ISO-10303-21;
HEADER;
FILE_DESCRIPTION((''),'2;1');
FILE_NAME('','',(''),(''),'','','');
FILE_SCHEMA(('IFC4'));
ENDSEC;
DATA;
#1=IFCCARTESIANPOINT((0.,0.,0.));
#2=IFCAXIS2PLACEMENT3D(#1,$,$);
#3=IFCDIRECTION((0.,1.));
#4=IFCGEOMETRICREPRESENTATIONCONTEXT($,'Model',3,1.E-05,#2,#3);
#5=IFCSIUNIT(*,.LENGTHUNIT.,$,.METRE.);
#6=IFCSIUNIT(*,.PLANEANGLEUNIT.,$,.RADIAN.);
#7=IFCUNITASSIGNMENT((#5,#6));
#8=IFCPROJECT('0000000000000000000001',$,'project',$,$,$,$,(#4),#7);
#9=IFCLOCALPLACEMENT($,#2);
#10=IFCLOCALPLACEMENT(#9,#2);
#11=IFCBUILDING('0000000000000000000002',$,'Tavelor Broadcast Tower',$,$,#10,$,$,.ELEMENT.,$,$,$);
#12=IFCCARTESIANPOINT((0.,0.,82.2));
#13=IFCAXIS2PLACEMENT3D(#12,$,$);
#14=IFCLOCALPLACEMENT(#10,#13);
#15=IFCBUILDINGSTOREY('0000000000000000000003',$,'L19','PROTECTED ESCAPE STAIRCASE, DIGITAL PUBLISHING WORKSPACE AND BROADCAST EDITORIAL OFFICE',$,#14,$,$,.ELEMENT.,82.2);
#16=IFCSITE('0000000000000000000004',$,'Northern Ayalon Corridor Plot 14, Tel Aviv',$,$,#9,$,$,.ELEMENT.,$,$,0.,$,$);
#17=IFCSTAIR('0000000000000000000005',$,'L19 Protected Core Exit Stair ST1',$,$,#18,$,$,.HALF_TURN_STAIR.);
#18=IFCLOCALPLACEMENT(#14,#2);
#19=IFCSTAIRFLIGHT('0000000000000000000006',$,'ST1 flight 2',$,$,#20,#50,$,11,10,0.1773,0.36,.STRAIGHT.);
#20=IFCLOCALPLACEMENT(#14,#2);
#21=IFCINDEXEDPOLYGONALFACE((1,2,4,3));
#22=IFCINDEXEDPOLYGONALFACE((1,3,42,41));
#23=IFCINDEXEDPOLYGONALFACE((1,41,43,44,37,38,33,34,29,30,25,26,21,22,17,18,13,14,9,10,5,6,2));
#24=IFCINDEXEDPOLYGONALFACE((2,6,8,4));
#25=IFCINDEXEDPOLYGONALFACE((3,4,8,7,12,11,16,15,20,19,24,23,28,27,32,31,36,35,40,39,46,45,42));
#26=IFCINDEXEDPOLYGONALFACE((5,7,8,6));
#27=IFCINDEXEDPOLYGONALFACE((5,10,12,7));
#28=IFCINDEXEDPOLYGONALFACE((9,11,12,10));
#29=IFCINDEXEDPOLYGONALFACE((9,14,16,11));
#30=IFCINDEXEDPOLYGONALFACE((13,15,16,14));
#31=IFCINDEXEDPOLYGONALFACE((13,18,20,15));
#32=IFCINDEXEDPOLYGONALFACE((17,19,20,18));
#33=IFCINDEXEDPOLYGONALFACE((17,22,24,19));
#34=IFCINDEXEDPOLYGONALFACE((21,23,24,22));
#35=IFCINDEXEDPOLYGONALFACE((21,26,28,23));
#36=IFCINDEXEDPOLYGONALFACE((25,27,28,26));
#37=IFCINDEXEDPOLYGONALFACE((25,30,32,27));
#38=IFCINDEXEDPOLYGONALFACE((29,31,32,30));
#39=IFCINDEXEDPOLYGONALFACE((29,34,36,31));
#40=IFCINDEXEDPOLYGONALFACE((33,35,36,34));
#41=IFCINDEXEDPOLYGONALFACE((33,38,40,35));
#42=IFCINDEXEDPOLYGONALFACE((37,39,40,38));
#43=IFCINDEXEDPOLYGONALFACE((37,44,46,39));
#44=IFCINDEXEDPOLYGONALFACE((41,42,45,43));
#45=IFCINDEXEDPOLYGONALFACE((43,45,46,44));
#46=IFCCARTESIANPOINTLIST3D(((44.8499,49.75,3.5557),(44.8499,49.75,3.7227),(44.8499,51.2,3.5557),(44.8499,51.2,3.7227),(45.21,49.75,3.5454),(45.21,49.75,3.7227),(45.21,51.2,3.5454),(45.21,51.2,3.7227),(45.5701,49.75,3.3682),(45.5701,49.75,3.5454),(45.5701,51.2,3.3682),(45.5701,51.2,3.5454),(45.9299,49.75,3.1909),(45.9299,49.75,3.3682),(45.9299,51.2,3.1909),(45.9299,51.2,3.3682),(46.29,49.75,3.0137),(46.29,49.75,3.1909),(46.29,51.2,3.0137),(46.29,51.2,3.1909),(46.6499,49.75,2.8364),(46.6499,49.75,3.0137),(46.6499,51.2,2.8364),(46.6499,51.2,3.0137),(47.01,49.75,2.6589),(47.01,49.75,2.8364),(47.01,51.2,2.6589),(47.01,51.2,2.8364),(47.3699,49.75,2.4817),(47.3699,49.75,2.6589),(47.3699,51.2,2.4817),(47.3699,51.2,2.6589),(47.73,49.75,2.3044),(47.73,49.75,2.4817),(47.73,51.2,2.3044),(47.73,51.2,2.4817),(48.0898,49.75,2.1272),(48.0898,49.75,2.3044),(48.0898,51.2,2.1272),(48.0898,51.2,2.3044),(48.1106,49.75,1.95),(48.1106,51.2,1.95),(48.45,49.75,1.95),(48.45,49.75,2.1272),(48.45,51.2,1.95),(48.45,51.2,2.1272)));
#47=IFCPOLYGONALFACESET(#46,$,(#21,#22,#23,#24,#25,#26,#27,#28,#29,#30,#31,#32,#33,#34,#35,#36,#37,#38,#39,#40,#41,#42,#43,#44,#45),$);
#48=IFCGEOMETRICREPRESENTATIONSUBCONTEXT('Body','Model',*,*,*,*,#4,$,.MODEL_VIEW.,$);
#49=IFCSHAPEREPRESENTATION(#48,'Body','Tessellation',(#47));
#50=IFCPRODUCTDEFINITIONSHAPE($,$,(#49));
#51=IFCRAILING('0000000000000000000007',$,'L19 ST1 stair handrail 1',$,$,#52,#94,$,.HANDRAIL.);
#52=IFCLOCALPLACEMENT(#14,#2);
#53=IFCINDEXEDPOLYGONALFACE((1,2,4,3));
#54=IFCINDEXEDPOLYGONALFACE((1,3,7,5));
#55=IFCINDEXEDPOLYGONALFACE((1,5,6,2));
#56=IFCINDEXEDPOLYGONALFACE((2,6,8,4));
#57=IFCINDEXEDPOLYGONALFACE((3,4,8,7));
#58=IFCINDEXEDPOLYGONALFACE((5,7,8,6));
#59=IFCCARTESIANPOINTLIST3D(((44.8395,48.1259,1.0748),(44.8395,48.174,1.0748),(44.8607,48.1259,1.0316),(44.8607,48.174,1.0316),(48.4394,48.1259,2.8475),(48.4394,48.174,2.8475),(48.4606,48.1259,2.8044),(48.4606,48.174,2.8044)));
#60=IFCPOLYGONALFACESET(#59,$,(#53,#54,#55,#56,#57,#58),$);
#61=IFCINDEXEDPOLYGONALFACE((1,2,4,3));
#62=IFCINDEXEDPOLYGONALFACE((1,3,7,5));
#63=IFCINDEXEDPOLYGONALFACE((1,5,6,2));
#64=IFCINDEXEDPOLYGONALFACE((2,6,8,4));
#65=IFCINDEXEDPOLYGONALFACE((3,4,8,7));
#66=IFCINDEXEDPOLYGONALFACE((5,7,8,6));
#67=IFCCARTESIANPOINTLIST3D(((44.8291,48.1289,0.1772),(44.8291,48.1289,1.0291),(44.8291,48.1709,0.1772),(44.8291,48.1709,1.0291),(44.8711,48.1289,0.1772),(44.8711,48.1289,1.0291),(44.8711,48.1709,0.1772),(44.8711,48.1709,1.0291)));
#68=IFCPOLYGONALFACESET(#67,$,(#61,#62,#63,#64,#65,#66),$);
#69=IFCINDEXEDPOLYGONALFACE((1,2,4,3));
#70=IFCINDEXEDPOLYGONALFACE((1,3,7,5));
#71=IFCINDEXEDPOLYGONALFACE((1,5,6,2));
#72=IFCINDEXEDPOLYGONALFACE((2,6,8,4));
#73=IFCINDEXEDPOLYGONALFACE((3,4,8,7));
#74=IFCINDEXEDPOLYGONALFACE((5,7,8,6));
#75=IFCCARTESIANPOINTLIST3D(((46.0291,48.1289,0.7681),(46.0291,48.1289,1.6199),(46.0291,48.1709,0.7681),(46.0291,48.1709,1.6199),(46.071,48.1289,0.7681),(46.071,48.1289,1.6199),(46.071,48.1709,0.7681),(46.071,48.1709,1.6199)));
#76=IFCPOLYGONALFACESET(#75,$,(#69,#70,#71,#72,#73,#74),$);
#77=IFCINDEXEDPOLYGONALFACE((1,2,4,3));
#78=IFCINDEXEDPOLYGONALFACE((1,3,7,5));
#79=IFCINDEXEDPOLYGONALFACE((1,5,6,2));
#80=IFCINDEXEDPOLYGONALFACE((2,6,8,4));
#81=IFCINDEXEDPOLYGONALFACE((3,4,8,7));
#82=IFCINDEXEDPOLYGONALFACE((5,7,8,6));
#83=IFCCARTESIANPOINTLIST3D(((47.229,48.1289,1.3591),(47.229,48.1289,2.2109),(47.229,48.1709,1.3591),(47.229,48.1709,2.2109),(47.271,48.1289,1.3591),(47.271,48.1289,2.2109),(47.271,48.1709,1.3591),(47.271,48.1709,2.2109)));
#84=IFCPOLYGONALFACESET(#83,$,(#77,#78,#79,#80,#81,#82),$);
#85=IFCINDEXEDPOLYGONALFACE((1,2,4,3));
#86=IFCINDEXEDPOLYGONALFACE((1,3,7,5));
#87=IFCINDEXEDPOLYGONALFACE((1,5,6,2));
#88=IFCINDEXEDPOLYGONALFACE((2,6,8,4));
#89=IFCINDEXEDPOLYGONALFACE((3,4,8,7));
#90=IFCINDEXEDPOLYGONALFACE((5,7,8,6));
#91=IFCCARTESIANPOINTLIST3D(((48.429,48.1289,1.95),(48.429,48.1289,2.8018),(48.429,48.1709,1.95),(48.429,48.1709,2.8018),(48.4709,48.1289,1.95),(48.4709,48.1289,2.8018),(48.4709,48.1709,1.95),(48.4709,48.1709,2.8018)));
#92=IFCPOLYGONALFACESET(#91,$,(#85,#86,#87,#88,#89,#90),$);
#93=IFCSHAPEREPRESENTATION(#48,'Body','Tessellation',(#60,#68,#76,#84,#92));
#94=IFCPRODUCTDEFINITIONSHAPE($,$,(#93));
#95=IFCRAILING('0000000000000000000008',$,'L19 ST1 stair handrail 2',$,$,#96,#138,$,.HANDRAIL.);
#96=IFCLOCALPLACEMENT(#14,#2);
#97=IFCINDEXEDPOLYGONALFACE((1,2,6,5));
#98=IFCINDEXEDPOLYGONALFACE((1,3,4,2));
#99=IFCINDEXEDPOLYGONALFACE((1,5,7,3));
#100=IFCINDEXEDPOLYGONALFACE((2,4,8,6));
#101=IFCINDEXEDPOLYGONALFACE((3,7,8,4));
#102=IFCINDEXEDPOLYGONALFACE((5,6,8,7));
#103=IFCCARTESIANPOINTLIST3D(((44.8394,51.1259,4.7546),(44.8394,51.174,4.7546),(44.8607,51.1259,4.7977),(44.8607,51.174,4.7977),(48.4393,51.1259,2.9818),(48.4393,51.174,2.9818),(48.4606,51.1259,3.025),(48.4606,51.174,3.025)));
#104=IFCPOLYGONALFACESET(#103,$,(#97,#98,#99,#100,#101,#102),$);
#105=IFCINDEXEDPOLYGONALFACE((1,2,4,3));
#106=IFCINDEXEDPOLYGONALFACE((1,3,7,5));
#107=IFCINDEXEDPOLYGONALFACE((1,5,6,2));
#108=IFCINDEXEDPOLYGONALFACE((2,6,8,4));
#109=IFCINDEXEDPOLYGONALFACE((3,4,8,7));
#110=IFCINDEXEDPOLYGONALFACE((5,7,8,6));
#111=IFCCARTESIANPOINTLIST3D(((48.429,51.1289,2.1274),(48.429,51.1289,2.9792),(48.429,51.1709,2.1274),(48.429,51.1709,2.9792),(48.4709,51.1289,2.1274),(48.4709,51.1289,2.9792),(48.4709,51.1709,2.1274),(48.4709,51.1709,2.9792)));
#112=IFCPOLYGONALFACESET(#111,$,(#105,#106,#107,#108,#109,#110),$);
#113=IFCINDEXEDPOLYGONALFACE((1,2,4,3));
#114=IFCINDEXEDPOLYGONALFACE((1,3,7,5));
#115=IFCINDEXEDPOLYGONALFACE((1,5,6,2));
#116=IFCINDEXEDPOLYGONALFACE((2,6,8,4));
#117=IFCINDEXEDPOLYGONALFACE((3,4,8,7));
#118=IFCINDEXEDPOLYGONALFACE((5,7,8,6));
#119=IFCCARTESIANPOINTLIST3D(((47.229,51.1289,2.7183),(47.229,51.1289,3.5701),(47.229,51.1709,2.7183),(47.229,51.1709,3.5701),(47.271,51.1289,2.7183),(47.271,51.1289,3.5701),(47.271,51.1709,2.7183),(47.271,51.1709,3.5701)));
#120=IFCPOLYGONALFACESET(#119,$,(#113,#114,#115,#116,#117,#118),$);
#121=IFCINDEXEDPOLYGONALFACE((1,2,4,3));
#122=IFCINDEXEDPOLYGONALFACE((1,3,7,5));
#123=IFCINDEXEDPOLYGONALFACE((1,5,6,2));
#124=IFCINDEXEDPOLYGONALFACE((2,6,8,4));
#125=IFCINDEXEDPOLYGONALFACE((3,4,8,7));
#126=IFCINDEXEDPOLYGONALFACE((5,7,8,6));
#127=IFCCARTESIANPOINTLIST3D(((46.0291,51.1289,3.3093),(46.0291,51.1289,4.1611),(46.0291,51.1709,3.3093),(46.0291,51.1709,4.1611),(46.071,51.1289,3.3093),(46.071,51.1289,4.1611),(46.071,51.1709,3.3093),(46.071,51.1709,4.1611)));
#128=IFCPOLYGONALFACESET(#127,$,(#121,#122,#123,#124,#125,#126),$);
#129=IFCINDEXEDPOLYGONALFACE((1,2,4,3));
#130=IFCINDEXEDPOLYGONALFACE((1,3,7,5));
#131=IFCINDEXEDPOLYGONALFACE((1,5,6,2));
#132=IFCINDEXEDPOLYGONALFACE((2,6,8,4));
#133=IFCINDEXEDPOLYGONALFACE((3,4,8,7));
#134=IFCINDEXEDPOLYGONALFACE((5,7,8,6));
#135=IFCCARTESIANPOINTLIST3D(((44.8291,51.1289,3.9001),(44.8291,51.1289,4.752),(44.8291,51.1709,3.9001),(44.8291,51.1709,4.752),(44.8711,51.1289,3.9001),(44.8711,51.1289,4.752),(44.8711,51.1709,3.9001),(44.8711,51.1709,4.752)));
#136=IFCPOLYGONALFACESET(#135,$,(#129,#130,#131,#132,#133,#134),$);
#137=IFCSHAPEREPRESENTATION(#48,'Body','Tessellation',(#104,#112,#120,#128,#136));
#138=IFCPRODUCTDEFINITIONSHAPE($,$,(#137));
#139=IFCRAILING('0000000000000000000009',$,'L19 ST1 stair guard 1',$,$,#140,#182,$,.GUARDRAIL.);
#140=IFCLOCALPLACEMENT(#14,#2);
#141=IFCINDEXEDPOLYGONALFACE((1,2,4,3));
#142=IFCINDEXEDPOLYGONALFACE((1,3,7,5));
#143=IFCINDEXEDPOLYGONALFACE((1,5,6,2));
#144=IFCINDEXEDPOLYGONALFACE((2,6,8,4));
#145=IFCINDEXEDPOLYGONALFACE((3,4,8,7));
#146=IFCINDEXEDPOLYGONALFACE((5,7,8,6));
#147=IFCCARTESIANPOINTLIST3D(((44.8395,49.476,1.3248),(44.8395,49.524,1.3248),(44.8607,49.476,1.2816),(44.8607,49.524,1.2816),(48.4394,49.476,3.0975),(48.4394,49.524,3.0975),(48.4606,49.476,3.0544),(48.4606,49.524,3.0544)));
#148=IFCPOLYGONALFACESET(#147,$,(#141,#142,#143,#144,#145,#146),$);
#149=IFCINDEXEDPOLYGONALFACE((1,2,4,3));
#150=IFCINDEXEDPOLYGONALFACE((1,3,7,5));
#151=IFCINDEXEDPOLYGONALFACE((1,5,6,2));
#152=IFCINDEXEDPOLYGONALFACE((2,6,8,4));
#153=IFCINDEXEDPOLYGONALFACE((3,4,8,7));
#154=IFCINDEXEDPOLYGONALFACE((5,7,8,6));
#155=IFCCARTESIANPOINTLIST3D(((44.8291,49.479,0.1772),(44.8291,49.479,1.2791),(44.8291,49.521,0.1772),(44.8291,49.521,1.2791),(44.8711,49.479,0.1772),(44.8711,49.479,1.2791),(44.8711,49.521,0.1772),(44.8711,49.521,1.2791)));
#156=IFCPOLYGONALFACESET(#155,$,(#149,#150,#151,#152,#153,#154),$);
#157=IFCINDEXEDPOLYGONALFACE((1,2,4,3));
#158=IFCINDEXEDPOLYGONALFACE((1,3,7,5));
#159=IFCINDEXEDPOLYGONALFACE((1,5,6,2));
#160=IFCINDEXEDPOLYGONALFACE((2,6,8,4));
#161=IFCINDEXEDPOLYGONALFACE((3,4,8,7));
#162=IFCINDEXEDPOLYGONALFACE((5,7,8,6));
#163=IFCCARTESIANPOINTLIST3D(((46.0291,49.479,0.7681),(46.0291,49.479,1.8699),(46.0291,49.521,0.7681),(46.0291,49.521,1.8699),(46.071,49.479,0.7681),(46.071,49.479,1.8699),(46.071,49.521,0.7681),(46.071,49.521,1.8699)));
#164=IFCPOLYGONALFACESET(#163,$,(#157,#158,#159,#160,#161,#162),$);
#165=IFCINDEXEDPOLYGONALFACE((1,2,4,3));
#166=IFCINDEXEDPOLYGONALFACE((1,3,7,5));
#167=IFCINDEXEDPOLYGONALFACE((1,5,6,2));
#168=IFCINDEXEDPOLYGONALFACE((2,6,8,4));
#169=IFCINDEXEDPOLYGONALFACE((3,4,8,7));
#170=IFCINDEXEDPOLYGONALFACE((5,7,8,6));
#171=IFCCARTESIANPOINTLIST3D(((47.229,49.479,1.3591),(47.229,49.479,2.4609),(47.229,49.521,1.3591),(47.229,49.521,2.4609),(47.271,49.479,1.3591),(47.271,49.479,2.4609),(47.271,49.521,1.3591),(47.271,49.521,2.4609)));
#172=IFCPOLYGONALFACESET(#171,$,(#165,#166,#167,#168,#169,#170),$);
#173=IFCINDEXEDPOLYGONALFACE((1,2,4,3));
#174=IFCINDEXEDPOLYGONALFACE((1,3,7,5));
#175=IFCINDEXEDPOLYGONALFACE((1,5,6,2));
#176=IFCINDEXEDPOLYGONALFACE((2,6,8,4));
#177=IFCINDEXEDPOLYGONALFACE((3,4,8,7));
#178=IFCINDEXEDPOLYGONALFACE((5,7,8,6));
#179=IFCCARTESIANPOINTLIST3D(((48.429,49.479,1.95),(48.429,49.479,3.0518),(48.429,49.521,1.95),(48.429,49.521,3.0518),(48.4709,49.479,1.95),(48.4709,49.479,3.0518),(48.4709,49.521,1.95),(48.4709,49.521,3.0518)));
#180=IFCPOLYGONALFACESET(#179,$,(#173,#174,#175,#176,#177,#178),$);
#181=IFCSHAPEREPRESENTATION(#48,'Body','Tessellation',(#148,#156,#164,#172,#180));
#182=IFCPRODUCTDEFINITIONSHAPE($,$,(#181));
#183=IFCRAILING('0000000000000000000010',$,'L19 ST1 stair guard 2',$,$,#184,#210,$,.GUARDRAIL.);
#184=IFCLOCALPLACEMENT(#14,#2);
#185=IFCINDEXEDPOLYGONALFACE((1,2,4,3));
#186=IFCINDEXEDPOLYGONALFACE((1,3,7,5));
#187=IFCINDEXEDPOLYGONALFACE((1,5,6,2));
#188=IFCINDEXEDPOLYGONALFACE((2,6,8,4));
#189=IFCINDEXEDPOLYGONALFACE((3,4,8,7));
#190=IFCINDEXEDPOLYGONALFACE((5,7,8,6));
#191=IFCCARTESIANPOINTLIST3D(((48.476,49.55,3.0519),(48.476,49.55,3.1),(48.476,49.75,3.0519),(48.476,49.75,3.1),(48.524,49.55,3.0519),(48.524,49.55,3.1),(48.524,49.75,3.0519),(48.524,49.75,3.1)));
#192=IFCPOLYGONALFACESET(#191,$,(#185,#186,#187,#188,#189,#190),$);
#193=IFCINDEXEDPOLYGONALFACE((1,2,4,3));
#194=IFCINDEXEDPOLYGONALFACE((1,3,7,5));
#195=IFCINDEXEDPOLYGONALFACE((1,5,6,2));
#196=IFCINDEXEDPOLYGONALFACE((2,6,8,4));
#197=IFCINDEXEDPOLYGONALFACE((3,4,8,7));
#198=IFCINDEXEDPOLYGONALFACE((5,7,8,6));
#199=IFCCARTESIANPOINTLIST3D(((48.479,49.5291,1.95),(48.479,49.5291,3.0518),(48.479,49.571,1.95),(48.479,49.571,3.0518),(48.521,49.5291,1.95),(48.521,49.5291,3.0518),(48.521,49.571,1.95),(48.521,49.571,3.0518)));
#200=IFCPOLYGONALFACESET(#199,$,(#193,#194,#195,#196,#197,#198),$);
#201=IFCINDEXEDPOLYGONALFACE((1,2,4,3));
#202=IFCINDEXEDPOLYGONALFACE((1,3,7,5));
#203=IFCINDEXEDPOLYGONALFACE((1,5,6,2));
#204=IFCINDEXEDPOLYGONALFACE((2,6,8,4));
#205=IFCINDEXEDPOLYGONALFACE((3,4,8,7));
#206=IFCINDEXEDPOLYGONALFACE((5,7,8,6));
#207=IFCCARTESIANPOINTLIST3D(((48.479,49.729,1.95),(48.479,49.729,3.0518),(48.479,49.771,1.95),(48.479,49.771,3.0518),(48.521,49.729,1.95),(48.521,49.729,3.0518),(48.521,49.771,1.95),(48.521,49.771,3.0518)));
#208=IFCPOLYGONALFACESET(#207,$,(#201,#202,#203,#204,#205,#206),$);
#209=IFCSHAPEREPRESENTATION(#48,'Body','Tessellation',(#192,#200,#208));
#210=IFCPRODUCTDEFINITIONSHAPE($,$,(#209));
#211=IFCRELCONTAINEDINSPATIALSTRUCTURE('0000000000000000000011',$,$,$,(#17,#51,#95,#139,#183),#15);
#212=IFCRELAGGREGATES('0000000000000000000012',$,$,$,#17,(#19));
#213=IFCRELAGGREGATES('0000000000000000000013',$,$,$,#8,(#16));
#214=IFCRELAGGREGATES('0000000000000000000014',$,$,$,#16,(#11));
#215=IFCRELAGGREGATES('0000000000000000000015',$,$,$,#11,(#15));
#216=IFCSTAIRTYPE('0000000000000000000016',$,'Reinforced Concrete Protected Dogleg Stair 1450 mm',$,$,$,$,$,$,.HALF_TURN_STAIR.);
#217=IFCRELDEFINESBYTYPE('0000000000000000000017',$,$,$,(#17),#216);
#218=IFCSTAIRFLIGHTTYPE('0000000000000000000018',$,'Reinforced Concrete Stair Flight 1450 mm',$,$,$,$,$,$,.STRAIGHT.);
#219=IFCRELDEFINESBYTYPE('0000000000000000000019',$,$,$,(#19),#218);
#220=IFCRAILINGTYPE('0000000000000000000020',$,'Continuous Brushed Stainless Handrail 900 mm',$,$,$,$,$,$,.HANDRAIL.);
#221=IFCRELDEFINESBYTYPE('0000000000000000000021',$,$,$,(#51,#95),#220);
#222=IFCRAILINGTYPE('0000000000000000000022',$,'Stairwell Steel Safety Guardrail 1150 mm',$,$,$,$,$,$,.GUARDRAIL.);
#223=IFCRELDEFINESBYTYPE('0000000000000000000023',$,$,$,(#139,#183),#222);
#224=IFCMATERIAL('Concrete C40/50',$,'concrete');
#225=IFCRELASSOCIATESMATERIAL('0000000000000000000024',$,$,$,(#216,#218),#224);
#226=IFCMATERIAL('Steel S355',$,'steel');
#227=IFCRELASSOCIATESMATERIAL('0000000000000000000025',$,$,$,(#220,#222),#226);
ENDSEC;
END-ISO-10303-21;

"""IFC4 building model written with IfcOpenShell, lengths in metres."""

from ifc_helpers import new_model, si_unit, direction, frame, origin, origin_2d, place, context, subcontext, project, spatial, polyline, rectangle, outline, extrude, material, type_object, element, aggregate, save


model = new_model("IFC4")

# Units and contexts
model_context = context("Model", 3, precision=1e-05, world=origin(), true_north=direction((0.0, 1.0)))
body_context = subcontext(model_context, "Body", "Model", "MODEL_VIEW")
ifc_project = project(units=[si_unit("LENGTHUNIT", "METRE"), si_unit("PLANEANGLEUNIT", "RADIAN")], contexts=[model_context])

# Site, building, storey
site_placement = place(None, origin())
site = spatial("IfcSite", under=ifc_project, at=site_placement, Name="Northern Ayalon Corridor Plot 14, Tel Aviv", CompositionType="ELEMENT", RefElevation=0.0)
building_placement = place(site_placement, origin())
building = spatial("IfcBuilding", under=site, at=building_placement, Name="Tavelor Broadcast Tower", CompositionType="ELEMENT")
storey_placement = place(building_placement, frame((0.0, 0.0, 82.2)))
storey = spatial("IfcBuildingStorey", under=building, at=storey_placement, Name="L19", Description="PROTECTED ESCAPE STAIRCASE, DIGITAL PUBLISHING WORKSPACE AND BROADCAST EDITORIAL OFFICE", CompositionType="ELEMENT", Elevation=82.2)

# Shared definitions
ifc_material_1 = material(Name="Concrete C40/50", Category="concrete")
ifc_material_2 = material(Name="Steel S355", Category="steel")

# Stair, stair flight
stair_type = type_object("IfcStairType", Name="Reinforced Concrete Protected Dogleg Stair 1450 mm", PredefinedType="HALF_TURN_STAIR", material=ifc_material_1)
stair_placement = place(storey_placement, origin())
stair = element("IfcStair", 1, at=stair_placement, inside=storey, type_object=stair_type, Name="L19 Protected Core Exit Stair ST1", PredefinedType="HALF_TURN_STAIR")
stair_flight_type = type_object("IfcStairFlightType", Name="Reinforced Concrete Stair Flight 1450 mm", PredefinedType="STRAIGHT", material=ifc_material_1)
stair_flight_1_placement = place(storey_placement, frame((48.45, 50.4751, 1.95), z_axis=(0.0, 0.0, 1.0), x_axis=(-1.0, 0.0, 0.0)))
stair_flight_1 = element("IfcStairFlight", 2, at=stair_flight_1_placement, type_object=stair_flight_type, Name="ST1 flight 2", NumberOfRisers=11, NumberOfTreads=10, PredefinedType="STRAIGHT", RiserHeight=0.1773, TreadLength=0.36, context=body_context, shape_type="SweptSolid", body=[
    extrude(outline(polyline([(0.0, 0.0), (0.0, 0.1772), (0.3601, 0.1772), (0.3601, 0.3545), (0.72, 0.3545), (0.72, 0.5317), (1.0801, 0.5317), (1.0801, 0.709), (1.4399, 0.709), (1.4399, 0.8865), (1.8, 0.8865), (1.8, 1.0637), (2.1599, 1.0637), (2.1599, 1.241), (2.52, 1.241), (2.52, 1.4182), (2.8799, 1.4182), (2.8799, 1.5955), (3.24, 1.5955), (3.24, 1.7727), (3.6001, 1.7727), (3.6001, 1.95), (3.6001, 1.6057), (0.3394, 0.0), (0.0, 0.0)])), frame((0.0, 0.7251, 0.0), z_axis=(0.0, -1.0, 0.0), x_axis=(1.0, 0.0, 0.0)), (0.0, 0.0, 1.0), 1.45),
])
aggregate(stair, [stair_flight_1])

# Railings
railing_type_1 = type_object("IfcRailingType", Name="Continuous Brushed Stainless Handrail 900 mm", PredefinedType="HANDRAIL", material=ifc_material_2)
railing_1_placement = place(storey_placement, frame((44.8501, 48.1499, 0.1772)))
element("IfcRailing", 3, at=railing_1_placement, inside=storey, type_object=railing_type_1, Name="L19 ST1 stair handrail 1", PredefinedType="HANDRAIL", context=body_context, shape_type="SweptSolid", body=[
    extrude(rectangle(XDim=0.0481, YDim=0.0481, at=origin_2d()), frame((0.0, 0.0, 0.876), z_axis=(0.897124, 0.0, 0.441778), x_axis=(0.0, 1.0, 0.0)), (0.0, 0.0, 1.0), 4.0127),
    extrude(rectangle(XDim=0.042, YDim=0.042, at=origin_2d()), origin(), (0.0, 0.0, 1.0), 0.8518),
    extrude(rectangle(XDim=0.042, YDim=0.042, at=origin_2d()), frame((1.2, 0.0, 0.5908)), (0.0, 0.0, 1.0), 0.8518),
    extrude(rectangle(XDim=0.042, YDim=0.042, at=origin_2d()), frame((2.3999, 0.0, 1.1819)), (0.0, 0.0, 1.0), 0.8518),
    extrude(rectangle(XDim=0.042, YDim=0.042, at=origin_2d()), frame((3.5999, 0.0, 1.7727)), (0.0, 0.0, 1.0), 0.8518),
])
railing_2_placement = place(storey_placement, frame((48.45, 51.1499, 2.1274)))
element("IfcRailing", 4, at=railing_2_placement, inside=storey, type_object=railing_type_1, Name="L19 ST1 stair handrail 2", PredefinedType="HANDRAIL", context=body_context, shape_type="SweptSolid", body=[
    extrude(rectangle(XDim=0.0481, YDim=0.0481, at=origin_2d()), frame((0.0, 0.0, 0.876), z_axis=(-0.897124, 0.0, 0.441778), x_axis=(0.0, -1.0, 0.0)), (0.0, 0.0, 1.0), 4.0127),
    extrude(rectangle(XDim=0.042, YDim=0.042, at=origin_2d()), origin(), (0.0, 0.0, 1.0), 0.8518),
    extrude(rectangle(XDim=0.042, YDim=0.042, at=origin_2d()), frame((-1.2, 0.0, 0.5908)), (0.0, 0.0, 1.0), 0.8518),
    extrude(rectangle(XDim=0.042, YDim=0.042, at=origin_2d()), frame((-2.3999, 0.0, 1.1819)), (0.0, 0.0, 1.0), 0.8518),
    extrude(rectangle(XDim=0.042, YDim=0.042, at=origin_2d()), frame((-3.5999, 0.0, 1.7727)), (0.0, 0.0, 1.0), 0.8518),
])
railing_type_2 = type_object("IfcRailingType", Name="Stairwell Steel Safety Guardrail 1150 mm", PredefinedType="GUARDRAIL", material=ifc_material_2)
railing_3_placement = place(storey_placement, frame((44.8501, 49.5, 0.1772)))
element("IfcRailing", 5, at=railing_3_placement, inside=storey, type_object=railing_type_2, Name="L19 ST1 stair guard 1", PredefinedType="GUARDRAIL", context=body_context, shape_type="SweptSolid", body=[
    extrude(rectangle(XDim=0.0481, YDim=0.0481, at=origin_2d()), frame((0.0, 0.0, 1.126), z_axis=(0.897124, 0.0, 0.441778), x_axis=(0.0, 1.0, 0.0)), (0.0, 0.0, 1.0), 4.0127),
    extrude(rectangle(XDim=0.042, YDim=0.042, at=origin_2d()), origin(), (0.0, 0.0, 1.0), 1.1018),
    extrude(rectangle(XDim=0.042, YDim=0.042, at=origin_2d()), frame((1.2, 0.0, 0.5908)), (0.0, 0.0, 1.0), 1.1018),
    extrude(rectangle(XDim=0.042, YDim=0.042, at=origin_2d()), frame((2.3999, 0.0, 1.1819)), (0.0, 0.0, 1.0), 1.1018),
    extrude(rectangle(XDim=0.042, YDim=0.042, at=origin_2d()), frame((3.5999, 0.0, 1.7727)), (0.0, 0.0, 1.0), 1.1018),
])
railing_4_placement = place(storey_placement, frame((48.5, 49.55, 1.95)))
element("IfcRailing", 6, at=railing_4_placement, inside=storey, type_object=railing_type_2, Name="L19 ST1 stair guard 2", PredefinedType="GUARDRAIL", context=body_context, shape_type="SweptSolid", body=[
    extrude(rectangle(XDim=0.0481, YDim=0.0481, at=origin_2d()), frame((0.0, 0.0, 1.126), z_axis=(0.0, 1.0, 0.0), x_axis=(-1.0, 0.0, 0.0)), (0.0, 0.0, 1.0), 0.2),
    extrude(rectangle(XDim=0.042, YDim=0.042, at=origin_2d()), origin(), (0.0, 0.0, 1.0), 1.1018),
    extrude(rectangle(XDim=0.042, YDim=0.042, at=origin_2d()), frame((0.0, 0.2, 0.0)), (0.0, 0.0, 1.0), 1.1018),
])

save(model, "model.ifc")
